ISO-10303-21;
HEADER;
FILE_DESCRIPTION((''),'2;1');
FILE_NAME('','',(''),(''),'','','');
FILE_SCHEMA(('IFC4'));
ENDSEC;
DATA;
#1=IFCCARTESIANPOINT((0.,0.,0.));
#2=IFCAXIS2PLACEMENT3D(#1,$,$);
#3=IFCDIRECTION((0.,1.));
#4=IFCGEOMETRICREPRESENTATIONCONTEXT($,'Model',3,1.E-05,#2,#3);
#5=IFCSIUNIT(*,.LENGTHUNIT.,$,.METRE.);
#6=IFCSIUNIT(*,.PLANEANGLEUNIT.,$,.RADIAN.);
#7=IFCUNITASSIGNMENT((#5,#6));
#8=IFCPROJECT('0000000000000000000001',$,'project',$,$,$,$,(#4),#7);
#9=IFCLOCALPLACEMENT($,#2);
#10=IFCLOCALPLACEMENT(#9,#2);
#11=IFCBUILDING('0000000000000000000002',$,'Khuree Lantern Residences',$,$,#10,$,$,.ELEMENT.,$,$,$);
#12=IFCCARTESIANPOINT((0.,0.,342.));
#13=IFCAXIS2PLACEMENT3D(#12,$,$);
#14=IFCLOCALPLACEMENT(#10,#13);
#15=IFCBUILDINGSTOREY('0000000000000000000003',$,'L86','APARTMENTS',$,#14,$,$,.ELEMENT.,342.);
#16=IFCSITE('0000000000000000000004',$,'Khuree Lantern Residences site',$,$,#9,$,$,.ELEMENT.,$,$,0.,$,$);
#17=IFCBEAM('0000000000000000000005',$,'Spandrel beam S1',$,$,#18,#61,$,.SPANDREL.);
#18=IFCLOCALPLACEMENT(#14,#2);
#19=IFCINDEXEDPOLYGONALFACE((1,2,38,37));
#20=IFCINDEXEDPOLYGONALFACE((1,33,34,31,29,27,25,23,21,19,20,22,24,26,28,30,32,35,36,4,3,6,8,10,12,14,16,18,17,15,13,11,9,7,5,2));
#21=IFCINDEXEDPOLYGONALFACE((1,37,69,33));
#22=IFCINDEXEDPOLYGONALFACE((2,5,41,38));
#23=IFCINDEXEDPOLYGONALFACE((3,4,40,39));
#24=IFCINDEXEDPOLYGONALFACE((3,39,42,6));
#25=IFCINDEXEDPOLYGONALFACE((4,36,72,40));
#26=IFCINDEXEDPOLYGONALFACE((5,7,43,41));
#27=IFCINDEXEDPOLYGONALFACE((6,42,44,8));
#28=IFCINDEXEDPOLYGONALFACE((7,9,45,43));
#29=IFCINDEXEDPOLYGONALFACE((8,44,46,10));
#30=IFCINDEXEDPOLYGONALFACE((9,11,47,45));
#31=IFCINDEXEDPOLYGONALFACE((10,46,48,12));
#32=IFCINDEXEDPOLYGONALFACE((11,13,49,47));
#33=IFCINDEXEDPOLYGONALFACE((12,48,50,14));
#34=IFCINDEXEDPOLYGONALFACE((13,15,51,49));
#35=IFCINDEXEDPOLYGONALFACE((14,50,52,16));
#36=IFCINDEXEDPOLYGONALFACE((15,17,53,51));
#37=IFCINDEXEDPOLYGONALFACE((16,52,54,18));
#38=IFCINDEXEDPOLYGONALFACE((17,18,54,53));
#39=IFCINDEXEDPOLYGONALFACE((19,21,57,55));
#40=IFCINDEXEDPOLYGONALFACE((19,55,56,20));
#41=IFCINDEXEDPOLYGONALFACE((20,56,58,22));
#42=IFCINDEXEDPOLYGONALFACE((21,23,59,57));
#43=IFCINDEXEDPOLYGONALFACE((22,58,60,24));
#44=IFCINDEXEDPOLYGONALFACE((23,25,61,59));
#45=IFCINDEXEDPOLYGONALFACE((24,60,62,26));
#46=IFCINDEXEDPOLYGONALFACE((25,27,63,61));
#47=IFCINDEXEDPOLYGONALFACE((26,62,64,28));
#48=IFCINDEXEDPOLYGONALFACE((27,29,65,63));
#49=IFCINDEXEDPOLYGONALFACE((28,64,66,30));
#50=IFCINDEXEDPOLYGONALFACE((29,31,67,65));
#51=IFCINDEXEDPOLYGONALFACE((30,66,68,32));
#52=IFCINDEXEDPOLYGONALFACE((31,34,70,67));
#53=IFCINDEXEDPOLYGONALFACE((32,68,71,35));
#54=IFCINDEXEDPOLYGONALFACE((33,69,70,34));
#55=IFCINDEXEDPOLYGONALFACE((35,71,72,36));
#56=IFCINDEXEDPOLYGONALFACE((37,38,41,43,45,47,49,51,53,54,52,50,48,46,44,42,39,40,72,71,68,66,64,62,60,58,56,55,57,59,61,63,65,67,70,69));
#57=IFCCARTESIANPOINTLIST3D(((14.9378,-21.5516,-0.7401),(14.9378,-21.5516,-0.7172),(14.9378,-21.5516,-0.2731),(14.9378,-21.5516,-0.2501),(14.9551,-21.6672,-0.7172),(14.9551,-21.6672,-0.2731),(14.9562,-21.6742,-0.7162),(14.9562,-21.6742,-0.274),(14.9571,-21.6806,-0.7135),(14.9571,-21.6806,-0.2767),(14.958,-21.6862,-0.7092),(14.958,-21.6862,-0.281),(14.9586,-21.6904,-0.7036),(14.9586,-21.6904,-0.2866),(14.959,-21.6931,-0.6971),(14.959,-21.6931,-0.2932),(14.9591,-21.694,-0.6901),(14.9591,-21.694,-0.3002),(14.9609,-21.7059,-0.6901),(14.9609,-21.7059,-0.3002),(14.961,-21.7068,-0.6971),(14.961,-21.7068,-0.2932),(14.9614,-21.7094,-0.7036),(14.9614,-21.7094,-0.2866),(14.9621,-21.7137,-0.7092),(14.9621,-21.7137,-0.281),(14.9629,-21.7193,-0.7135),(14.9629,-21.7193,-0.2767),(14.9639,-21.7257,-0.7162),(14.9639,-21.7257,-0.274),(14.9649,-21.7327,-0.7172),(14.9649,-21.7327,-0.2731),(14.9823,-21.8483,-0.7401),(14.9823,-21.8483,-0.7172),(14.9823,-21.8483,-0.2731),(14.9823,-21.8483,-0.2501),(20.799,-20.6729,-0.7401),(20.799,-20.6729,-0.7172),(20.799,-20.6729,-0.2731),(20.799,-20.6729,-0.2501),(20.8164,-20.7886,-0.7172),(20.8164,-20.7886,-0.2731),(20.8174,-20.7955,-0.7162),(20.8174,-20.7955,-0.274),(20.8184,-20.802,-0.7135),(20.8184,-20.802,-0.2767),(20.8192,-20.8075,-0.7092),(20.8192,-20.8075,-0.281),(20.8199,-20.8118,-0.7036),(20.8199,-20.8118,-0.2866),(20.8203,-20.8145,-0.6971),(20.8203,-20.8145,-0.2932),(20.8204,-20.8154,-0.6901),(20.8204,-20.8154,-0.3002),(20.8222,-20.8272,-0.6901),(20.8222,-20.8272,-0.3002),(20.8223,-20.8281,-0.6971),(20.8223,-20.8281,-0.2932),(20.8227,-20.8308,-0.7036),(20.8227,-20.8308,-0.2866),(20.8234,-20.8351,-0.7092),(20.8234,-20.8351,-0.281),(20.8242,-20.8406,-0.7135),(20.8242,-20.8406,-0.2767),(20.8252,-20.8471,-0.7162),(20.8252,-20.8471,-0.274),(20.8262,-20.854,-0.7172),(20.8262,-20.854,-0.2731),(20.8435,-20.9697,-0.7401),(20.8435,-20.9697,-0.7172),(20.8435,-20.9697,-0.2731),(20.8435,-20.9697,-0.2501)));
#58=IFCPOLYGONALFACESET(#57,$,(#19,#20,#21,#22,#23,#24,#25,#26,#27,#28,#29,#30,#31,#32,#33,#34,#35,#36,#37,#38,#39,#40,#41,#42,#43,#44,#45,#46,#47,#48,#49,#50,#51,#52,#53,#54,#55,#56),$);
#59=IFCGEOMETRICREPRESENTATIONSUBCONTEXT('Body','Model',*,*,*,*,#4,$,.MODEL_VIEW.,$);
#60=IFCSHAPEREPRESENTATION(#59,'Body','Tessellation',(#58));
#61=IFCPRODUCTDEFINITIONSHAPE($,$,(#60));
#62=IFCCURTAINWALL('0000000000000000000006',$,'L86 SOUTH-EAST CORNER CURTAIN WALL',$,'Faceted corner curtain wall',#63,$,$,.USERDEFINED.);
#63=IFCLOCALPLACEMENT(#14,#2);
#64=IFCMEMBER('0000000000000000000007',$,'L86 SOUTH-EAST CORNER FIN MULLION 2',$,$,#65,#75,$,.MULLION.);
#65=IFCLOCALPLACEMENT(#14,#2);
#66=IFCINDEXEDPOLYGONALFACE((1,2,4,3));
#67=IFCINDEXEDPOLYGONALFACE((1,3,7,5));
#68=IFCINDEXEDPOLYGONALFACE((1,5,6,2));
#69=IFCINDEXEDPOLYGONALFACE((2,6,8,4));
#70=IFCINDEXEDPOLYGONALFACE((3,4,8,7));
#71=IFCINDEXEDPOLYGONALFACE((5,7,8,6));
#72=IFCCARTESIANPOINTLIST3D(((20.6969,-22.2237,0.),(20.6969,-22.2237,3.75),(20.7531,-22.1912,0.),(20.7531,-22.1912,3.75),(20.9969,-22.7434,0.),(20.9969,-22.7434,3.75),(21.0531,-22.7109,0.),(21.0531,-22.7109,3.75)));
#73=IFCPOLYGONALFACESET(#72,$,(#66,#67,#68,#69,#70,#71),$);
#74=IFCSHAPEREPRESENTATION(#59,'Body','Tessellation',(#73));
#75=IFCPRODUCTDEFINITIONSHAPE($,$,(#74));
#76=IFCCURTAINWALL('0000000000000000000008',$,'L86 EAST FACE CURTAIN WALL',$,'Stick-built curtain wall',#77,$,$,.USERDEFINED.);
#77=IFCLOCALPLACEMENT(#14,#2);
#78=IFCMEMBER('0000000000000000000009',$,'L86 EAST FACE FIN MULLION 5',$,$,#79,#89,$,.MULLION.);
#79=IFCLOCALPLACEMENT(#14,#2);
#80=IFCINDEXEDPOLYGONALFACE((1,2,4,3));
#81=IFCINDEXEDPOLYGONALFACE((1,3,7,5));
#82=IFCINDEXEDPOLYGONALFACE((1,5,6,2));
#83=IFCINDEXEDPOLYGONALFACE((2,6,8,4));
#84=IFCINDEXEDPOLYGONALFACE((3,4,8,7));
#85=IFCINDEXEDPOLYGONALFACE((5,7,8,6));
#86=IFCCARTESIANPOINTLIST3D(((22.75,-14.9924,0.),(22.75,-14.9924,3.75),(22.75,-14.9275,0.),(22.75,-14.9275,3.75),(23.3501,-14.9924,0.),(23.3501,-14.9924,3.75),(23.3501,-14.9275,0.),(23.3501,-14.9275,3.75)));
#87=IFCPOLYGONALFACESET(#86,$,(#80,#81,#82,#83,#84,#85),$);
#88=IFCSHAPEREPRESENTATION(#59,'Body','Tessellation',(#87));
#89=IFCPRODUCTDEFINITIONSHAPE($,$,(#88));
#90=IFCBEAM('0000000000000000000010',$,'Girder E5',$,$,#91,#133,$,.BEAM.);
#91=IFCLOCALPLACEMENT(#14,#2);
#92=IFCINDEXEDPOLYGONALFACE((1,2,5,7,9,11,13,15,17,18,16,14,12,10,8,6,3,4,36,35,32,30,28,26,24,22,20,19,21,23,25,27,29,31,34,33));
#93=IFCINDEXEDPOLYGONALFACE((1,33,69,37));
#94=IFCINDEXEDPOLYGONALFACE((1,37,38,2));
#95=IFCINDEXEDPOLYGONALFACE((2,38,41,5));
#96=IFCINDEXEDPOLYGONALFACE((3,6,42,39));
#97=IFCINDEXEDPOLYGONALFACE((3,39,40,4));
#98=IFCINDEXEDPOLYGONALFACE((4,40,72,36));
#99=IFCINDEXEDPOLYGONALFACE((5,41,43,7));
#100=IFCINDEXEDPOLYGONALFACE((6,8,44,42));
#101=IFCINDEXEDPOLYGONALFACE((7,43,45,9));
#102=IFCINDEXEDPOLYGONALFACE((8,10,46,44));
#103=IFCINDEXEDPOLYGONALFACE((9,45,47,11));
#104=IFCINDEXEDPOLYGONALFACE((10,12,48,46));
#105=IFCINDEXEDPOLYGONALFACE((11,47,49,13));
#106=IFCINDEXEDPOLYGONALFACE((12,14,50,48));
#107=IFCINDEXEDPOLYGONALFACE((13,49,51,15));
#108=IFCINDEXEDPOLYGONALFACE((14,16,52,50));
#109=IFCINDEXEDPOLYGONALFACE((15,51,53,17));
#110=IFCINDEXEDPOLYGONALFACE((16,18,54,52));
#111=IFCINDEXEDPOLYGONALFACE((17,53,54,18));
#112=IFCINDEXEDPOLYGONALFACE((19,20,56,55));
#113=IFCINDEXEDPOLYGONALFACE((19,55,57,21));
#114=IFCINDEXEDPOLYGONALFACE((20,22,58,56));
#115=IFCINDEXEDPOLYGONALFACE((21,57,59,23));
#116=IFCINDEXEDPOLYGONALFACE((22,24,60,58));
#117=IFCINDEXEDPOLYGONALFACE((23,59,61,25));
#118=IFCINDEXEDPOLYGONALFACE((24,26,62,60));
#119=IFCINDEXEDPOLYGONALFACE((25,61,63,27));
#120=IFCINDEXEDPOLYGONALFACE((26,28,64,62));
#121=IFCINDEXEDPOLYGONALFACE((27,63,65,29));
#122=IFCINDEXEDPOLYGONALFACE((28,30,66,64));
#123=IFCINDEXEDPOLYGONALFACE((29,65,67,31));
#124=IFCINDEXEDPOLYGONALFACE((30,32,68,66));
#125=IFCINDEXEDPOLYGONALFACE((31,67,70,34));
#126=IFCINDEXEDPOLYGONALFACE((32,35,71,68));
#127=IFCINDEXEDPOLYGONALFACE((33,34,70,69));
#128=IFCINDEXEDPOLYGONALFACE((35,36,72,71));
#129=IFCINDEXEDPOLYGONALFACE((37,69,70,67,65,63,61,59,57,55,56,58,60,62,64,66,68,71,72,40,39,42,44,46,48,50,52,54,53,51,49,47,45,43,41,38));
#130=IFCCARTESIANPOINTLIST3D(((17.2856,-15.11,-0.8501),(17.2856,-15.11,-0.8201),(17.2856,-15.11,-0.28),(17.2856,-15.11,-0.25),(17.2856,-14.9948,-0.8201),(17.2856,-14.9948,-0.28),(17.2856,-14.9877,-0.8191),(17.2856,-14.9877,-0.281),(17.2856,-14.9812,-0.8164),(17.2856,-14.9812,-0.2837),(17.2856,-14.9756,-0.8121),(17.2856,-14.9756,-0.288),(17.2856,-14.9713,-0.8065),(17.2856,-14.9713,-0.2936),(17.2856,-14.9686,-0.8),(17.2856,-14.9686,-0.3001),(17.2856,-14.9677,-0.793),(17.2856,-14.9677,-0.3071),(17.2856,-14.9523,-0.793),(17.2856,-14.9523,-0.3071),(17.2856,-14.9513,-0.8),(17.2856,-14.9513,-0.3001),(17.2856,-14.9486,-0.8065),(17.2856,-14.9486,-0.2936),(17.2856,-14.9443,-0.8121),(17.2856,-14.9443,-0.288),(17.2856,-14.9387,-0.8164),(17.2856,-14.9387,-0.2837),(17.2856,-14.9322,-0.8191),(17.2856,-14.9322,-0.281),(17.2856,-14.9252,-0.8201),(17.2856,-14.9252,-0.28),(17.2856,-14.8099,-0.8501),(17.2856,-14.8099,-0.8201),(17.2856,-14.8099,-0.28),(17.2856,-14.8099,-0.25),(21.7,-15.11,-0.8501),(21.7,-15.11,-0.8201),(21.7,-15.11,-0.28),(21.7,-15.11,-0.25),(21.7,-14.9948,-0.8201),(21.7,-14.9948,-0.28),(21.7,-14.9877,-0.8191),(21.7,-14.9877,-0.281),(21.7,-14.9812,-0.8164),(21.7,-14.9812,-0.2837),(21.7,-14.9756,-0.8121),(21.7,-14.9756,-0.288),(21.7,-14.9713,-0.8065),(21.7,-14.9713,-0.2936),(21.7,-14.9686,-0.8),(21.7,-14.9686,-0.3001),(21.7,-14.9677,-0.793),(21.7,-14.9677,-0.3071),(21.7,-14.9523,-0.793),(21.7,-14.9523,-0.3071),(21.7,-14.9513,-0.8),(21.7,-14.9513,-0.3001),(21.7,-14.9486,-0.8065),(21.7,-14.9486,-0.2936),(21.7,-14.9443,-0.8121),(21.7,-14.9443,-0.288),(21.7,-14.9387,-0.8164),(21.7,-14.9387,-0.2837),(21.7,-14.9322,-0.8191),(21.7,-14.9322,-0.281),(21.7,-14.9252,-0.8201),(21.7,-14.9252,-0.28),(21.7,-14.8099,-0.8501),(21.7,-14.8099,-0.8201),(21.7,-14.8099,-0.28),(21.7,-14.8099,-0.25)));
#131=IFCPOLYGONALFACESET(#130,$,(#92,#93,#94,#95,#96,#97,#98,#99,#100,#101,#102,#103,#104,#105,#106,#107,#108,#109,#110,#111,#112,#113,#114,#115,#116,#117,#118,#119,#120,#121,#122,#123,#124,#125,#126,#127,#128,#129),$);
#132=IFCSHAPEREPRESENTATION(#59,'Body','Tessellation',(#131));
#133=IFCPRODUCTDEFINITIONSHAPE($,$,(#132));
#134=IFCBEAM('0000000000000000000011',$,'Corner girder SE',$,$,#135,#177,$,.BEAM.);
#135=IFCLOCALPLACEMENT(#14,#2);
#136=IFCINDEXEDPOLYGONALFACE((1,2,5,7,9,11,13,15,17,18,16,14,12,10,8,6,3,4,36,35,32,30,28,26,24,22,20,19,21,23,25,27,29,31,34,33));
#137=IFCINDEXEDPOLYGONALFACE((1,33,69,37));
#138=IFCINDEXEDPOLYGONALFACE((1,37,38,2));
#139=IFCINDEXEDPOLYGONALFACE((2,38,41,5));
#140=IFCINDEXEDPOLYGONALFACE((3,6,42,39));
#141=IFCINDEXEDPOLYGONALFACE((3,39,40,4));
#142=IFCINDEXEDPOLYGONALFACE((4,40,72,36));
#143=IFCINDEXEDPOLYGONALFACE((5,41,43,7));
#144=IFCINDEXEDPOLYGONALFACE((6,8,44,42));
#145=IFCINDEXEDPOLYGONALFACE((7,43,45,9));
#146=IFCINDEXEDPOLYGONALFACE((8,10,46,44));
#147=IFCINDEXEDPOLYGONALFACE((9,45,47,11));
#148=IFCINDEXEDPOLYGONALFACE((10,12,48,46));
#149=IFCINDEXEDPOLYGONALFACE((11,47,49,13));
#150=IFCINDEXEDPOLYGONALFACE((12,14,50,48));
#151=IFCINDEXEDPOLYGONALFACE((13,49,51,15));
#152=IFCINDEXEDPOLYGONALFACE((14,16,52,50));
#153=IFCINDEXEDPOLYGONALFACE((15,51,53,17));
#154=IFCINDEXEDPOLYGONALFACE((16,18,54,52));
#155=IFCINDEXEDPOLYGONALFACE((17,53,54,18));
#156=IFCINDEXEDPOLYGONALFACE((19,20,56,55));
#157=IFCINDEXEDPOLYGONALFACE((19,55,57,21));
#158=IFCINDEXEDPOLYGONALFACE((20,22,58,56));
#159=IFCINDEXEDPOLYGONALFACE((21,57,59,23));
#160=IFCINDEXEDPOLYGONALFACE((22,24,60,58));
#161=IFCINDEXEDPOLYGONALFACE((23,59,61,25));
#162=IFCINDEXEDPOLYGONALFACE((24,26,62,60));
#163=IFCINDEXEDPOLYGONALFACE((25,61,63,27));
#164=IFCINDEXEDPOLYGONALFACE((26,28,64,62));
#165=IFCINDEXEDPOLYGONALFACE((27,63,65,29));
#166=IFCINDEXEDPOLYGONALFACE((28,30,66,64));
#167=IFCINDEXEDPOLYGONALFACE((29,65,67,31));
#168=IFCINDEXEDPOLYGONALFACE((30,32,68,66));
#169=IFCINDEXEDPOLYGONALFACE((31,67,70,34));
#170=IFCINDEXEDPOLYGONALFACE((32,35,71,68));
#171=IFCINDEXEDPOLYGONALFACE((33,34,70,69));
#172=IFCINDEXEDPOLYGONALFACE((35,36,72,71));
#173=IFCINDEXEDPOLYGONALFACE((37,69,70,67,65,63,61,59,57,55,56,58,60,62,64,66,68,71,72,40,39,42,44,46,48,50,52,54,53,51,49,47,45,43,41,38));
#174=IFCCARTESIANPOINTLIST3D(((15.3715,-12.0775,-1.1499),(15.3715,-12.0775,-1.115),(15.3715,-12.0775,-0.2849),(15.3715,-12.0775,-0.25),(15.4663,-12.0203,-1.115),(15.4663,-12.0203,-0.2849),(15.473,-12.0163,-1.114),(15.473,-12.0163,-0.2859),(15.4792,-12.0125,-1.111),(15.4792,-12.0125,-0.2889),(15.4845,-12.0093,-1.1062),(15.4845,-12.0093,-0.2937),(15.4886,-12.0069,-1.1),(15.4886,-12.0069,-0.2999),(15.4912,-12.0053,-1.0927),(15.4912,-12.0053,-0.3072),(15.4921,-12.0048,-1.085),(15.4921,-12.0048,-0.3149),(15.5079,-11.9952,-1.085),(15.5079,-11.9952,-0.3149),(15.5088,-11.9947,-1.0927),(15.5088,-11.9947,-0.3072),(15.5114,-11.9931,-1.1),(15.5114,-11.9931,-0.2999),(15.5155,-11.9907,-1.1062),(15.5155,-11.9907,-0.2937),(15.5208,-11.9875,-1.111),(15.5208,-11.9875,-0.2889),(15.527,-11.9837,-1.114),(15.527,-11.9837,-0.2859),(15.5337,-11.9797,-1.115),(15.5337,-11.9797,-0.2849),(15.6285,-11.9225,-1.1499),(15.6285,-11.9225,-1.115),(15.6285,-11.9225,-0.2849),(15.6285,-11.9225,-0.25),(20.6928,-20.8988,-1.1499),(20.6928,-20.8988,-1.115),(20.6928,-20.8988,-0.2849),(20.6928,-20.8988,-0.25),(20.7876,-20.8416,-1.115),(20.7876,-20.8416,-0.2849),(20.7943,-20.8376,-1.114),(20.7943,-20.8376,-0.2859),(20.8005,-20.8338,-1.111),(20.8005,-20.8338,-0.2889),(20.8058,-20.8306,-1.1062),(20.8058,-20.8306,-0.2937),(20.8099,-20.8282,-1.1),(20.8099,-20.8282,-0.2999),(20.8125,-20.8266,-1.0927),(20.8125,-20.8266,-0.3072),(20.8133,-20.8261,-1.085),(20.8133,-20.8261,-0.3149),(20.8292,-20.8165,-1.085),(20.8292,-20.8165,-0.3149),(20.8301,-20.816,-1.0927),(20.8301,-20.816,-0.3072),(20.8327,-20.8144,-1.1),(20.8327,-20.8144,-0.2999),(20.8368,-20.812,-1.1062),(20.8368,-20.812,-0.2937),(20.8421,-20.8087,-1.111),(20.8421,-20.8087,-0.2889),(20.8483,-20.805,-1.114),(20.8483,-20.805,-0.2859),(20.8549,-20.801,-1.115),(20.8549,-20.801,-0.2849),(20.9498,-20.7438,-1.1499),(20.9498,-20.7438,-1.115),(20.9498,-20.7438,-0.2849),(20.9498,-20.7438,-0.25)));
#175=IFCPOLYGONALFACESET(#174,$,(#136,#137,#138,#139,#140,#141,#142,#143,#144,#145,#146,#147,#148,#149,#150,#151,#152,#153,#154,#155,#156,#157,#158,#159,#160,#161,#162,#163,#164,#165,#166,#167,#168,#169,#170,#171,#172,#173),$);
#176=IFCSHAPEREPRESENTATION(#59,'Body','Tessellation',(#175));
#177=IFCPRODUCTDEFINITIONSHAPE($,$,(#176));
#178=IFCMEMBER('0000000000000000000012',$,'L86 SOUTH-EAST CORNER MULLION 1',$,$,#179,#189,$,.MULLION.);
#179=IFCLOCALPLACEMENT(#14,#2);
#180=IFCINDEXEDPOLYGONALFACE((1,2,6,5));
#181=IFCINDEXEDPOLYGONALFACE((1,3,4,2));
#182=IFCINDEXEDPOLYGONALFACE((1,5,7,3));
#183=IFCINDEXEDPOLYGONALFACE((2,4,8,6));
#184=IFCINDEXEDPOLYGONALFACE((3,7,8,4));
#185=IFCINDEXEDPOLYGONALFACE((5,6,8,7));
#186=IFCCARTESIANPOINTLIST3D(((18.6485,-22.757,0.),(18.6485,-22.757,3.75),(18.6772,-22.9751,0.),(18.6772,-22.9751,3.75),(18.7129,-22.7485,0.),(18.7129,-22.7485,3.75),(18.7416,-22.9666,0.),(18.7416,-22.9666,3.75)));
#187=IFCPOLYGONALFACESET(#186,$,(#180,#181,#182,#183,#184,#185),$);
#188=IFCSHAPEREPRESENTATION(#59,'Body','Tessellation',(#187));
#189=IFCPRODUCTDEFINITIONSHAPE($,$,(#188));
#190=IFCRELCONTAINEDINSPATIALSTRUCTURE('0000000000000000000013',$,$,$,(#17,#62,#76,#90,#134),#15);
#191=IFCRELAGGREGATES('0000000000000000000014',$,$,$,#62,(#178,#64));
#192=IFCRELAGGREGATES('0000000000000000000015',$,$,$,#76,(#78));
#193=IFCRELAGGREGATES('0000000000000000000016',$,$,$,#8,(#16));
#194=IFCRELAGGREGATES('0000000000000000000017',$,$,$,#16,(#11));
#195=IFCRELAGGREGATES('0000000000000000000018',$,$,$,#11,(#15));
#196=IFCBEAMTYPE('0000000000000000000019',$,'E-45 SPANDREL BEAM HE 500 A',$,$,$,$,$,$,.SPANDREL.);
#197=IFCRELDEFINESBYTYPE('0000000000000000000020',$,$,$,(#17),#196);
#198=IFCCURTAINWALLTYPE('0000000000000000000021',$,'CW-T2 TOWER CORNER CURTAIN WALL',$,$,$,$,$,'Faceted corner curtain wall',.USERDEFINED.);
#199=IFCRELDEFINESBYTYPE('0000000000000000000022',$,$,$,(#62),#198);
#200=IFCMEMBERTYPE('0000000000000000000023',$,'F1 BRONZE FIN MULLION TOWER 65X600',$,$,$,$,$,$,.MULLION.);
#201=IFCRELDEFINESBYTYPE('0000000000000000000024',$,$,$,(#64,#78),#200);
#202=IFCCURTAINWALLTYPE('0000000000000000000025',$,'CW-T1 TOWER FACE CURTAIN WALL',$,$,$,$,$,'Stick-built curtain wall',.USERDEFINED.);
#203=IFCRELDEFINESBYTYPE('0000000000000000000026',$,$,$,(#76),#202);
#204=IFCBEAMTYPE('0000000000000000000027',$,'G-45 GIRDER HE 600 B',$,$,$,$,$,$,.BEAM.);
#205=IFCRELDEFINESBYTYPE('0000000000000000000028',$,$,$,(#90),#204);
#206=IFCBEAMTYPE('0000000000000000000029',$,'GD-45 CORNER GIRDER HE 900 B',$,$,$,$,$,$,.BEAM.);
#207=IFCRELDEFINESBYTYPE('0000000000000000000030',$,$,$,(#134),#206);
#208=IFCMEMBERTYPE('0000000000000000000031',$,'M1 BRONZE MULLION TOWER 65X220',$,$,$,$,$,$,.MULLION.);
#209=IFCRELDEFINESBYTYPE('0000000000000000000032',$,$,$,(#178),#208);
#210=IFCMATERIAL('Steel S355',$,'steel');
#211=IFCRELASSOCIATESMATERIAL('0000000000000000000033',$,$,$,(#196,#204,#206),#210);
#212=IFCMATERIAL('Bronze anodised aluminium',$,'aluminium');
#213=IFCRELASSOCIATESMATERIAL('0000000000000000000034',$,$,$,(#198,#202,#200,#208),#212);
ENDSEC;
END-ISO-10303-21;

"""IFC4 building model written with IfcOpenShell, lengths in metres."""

from ifc_helpers import new_model, si_unit, direction, frame, origin, origin_2d, place, context, subcontext, project, spatial, rectangle, i_section, extrude, material, material_profile, profile_set, type_object, element, aggregate, save


model = new_model("IFC4")

# Units and contexts
model_context = context("Model", 3, precision=1e-05, world=origin(), true_north=direction((0.0, 1.0)))
body_context = subcontext(model_context, "Body", "Model", "MODEL_VIEW")
ifc_project = project(units=[si_unit("LENGTHUNIT", "METRE"), si_unit("PLANEANGLEUNIT", "RADIAN")], contexts=[model_context])

# Site, building, storey
site_placement = place(None, origin())
site = spatial("IfcSite", under=ifc_project, at=site_placement, Name="Khuree Lantern Residences site", CompositionType="ELEMENT", RefElevation=0.0)
building_placement = place(site_placement, origin())
building = spatial("IfcBuilding", under=site, at=building_placement, Name="Khuree Lantern Residences", CompositionType="ELEMENT")
storey_placement = place(building_placement, frame((0.0, 0.0, 342.0)))
storey = spatial("IfcBuildingStorey", under=building, at=storey_placement, Name="L86", Description="APARTMENTS", CompositionType="ELEMENT", Elevation=342.0)

# Beam
ifc_material_1 = material(Name="Steel S355", Category="steel")
ifc_material_profile_1 = material_profile(ifc_material_1, i_section(OverallWidth=0.3, OverallDepth=0.49, WebThickness=0.012, FlangeThickness=0.0229, FilletRadius=0.0271, at=origin_2d()), Name="HE 500 A")
ifc_profile_set_1 = profile_set([ifc_material_profile_1], Name="Steel S355")
beam_type_1 = type_object("IfcBeamType", Name="E-45 SPANDREL BEAM HE 500 A", PredefinedType="SPANDREL", material=ifc_profile_set_1)
for number, where, z_axis, x_axis, name in (
    (1, (20.8213, -20.8213, -0.4951), (-0.98895, -0.148252, 0.0), (0.148252, -0.98895, 0.0), "Spandrel beam S1"),
):
    element("IfcBeam", number, at=place(storey_placement, frame(where, z_axis=z_axis, x_axis=x_axis)), inside=storey, type_object=beam_type_1, Name=name, PredefinedType="SPANDREL", context=body_context, shape_type="SweptSolid", body=[
        extrude(i_section(OverallWidth=0.3, OverallDepth=0.49, WebThickness=0.012, FlangeThickness=0.0229, FilletRadius=0.0271, at=origin_2d()), origin(), (0.0, 0.0, 1.0), 5.9268),
    ])

# Curtain walls, members
ifc_material_2 = material(Name="Bronze anodised aluminium", Category="aluminium")
curtain_wall_type_1 = type_object("IfcCurtainWallType", Name="CW-T2 TOWER CORNER CURTAIN WALL", ElementType="Faceted corner curtain wall", PredefinedType="USERDEFINED", material=ifc_material_2)
curtain_wall_1_placement = place(storey_placement, origin())
curtain_wall_1 = element("IfcCurtainWall", 2, at=curtain_wall_1_placement, inside=storey, type_object=curtain_wall_type_1, Name="L86 SOUTH-EAST CORNER CURTAIN WALL", ObjectType="Faceted corner curtain wall", PredefinedType="USERDEFINED")
ifc_material_profile_2 = material_profile(ifc_material_2, rectangle(XDim=0.0649, YDim=0.6001, at=origin_2d()), Name="F1 65X600")
ifc_profile_set_2 = profile_set([ifc_material_profile_2], Name="Bronze anodised aluminium")
member_type_1 = type_object("IfcMemberType", Name="F1 BRONZE FIN MULLION TOWER 65X600", PredefinedType="MULLION", material=ifc_profile_set_2)
member_1_placement = place(storey_placement, frame((20.875, -22.4673, 0.0), z_axis=(0.0, 0.0, 1.0), x_axis=(0.866025, 0.5, 0.0)))
member_1 = element("IfcMember", 3, at=member_1_placement, type_object=member_type_1, Name="L86 SOUTH-EAST CORNER FIN MULLION 2", PredefinedType="MULLION", context=body_context, shape_type="SweptSolid", body=[
    extrude(rectangle(XDim=0.0649, YDim=0.6001, at=origin_2d()), origin(), (0.0, 0.0, 1.0), 3.75),
])
curtain_wall_type_2 = type_object("IfcCurtainWallType", Name="CW-T1 TOWER FACE CURTAIN WALL", ElementType="Stick-built curtain wall", PredefinedType="USERDEFINED", material=ifc_material_2)
curtain_wall_2_placement = place(storey_placement, origin())
curtain_wall_2 = element("IfcCurtainWall", 4, at=curtain_wall_2_placement, inside=storey, type_object=curtain_wall_type_2, Name="L86 EAST FACE CURTAIN WALL", ObjectType="Stick-built curtain wall", PredefinedType="USERDEFINED")
member_2_placement = place(storey_placement, frame((23.05, -14.96, 0.0), z_axis=(0.0, 0.0, 1.0), x_axis=(0.0, 1.0, 0.0)))
member_2 = element("IfcMember", 5, at=member_2_placement, type_object=member_type_1, Name="L86 EAST FACE FIN MULLION 5", PredefinedType="MULLION", context=body_context, shape_type="SweptSolid", body=[
    extrude(rectangle(XDim=0.0649, YDim=0.6001, at=origin_2d()), origin(), (0.0, 0.0, 1.0), 3.75),
])

# Beams
ifc_material_profile_3 = material_profile(ifc_material_1, i_section(OverallWidth=0.3, OverallDepth=0.6001, WebThickness=0.0154, FlangeThickness=0.03, FilletRadius=0.0271, at=origin_2d()), Name="HE 600 B")
ifc_profile_set_3 = profile_set([ifc_material_profile_3], Name="Steel S355")
beam_type_2 = type_object("IfcBeamType", Name="G-45 GIRDER HE 600 B", PredefinedType="BEAM", material=ifc_profile_set_3)
beam_1_placement = place(storey_placement, frame((21.7, -14.96, -0.55), z_axis=(-1.0, 0.0, 0.0), x_axis=(0.0, -1.0, 0.0)))
element("IfcBeam", 6, at=beam_1_placement, inside=storey, type_object=beam_type_2, Name="Girder E5", PredefinedType="BEAM", context=body_context, shape_type="SweptSolid", body=[
    extrude(i_section(OverallWidth=0.3, OverallDepth=0.6001, WebThickness=0.0154, FlangeThickness=0.03, FilletRadius=0.0271, at=origin_2d()), origin(), (0.0, 0.0, 1.0), 4.4143),
])
ifc_material_profile_4 = material_profile(ifc_material_1, i_section(OverallWidth=0.3, OverallDepth=0.8999, WebThickness=0.0186, FlangeThickness=0.0349, FilletRadius=0.03, at=origin_2d()), Name="HE 900 B")
ifc_profile_set_4 = profile_set([ifc_material_profile_4], Name="Steel S355")
beam_type_3 = type_object("IfcBeamType", Name="GD-45 CORNER GIRDER HE 900 B", PredefinedType="BEAM", material=ifc_profile_set_4)
beam_2_placement = place(storey_placement, frame((20.8213, -20.8213, -0.7), z_axis=(-0.51653, 0.856269, 0.0), x_axis=(-0.856269, -0.51653, 0.0)))
element("IfcBeam", 7, at=beam_2_placement, inside=storey, type_object=beam_type_3, Name="Corner girder SE", PredefinedType="BEAM", context=body_context, shape_type="SweptSolid", body=[
    extrude(i_section(OverallWidth=0.3, OverallDepth=0.8999, WebThickness=0.0186, FlangeThickness=0.0349, FilletRadius=0.03, at=origin_2d()), origin(), (0.0, 0.0, 1.0), 10.302),
])

# Member
ifc_material_profile_5 = material_profile(ifc_material_2, rectangle(XDim=0.0649, YDim=0.22, at=origin_2d()), Name="M1 65X220")
ifc_profile_set_5 = profile_set([ifc_material_profile_5], Name="Bronze anodised aluminium")
member_type_2 = type_object("IfcMemberType", Name="M1 BRONZE MULLION TOWER 65X220", PredefinedType="MULLION", material=ifc_profile_set_5)
member_3_placement = place(storey_placement, frame((18.6951, -22.8618, 0.0), z_axis=(0.0, 0.0, 1.0), x_axis=(0.991445, 0.130526, 0.0)))
member_3 = element("IfcMember", 8, at=member_3_placement, type_object=member_type_2, Name="L86 SOUTH-EAST CORNER MULLION 1", PredefinedType="MULLION", context=body_context, shape_type="SweptSolid", body=[
    extrude(rectangle(XDim=0.0649, YDim=0.22, at=origin_2d()), origin(), (0.0, 0.0, 1.0), 3.75),
])

aggregate(curtain_wall_1, [member_3, member_1])

aggregate(curtain_wall_2, [member_2])

save(model, "model.ifc")
